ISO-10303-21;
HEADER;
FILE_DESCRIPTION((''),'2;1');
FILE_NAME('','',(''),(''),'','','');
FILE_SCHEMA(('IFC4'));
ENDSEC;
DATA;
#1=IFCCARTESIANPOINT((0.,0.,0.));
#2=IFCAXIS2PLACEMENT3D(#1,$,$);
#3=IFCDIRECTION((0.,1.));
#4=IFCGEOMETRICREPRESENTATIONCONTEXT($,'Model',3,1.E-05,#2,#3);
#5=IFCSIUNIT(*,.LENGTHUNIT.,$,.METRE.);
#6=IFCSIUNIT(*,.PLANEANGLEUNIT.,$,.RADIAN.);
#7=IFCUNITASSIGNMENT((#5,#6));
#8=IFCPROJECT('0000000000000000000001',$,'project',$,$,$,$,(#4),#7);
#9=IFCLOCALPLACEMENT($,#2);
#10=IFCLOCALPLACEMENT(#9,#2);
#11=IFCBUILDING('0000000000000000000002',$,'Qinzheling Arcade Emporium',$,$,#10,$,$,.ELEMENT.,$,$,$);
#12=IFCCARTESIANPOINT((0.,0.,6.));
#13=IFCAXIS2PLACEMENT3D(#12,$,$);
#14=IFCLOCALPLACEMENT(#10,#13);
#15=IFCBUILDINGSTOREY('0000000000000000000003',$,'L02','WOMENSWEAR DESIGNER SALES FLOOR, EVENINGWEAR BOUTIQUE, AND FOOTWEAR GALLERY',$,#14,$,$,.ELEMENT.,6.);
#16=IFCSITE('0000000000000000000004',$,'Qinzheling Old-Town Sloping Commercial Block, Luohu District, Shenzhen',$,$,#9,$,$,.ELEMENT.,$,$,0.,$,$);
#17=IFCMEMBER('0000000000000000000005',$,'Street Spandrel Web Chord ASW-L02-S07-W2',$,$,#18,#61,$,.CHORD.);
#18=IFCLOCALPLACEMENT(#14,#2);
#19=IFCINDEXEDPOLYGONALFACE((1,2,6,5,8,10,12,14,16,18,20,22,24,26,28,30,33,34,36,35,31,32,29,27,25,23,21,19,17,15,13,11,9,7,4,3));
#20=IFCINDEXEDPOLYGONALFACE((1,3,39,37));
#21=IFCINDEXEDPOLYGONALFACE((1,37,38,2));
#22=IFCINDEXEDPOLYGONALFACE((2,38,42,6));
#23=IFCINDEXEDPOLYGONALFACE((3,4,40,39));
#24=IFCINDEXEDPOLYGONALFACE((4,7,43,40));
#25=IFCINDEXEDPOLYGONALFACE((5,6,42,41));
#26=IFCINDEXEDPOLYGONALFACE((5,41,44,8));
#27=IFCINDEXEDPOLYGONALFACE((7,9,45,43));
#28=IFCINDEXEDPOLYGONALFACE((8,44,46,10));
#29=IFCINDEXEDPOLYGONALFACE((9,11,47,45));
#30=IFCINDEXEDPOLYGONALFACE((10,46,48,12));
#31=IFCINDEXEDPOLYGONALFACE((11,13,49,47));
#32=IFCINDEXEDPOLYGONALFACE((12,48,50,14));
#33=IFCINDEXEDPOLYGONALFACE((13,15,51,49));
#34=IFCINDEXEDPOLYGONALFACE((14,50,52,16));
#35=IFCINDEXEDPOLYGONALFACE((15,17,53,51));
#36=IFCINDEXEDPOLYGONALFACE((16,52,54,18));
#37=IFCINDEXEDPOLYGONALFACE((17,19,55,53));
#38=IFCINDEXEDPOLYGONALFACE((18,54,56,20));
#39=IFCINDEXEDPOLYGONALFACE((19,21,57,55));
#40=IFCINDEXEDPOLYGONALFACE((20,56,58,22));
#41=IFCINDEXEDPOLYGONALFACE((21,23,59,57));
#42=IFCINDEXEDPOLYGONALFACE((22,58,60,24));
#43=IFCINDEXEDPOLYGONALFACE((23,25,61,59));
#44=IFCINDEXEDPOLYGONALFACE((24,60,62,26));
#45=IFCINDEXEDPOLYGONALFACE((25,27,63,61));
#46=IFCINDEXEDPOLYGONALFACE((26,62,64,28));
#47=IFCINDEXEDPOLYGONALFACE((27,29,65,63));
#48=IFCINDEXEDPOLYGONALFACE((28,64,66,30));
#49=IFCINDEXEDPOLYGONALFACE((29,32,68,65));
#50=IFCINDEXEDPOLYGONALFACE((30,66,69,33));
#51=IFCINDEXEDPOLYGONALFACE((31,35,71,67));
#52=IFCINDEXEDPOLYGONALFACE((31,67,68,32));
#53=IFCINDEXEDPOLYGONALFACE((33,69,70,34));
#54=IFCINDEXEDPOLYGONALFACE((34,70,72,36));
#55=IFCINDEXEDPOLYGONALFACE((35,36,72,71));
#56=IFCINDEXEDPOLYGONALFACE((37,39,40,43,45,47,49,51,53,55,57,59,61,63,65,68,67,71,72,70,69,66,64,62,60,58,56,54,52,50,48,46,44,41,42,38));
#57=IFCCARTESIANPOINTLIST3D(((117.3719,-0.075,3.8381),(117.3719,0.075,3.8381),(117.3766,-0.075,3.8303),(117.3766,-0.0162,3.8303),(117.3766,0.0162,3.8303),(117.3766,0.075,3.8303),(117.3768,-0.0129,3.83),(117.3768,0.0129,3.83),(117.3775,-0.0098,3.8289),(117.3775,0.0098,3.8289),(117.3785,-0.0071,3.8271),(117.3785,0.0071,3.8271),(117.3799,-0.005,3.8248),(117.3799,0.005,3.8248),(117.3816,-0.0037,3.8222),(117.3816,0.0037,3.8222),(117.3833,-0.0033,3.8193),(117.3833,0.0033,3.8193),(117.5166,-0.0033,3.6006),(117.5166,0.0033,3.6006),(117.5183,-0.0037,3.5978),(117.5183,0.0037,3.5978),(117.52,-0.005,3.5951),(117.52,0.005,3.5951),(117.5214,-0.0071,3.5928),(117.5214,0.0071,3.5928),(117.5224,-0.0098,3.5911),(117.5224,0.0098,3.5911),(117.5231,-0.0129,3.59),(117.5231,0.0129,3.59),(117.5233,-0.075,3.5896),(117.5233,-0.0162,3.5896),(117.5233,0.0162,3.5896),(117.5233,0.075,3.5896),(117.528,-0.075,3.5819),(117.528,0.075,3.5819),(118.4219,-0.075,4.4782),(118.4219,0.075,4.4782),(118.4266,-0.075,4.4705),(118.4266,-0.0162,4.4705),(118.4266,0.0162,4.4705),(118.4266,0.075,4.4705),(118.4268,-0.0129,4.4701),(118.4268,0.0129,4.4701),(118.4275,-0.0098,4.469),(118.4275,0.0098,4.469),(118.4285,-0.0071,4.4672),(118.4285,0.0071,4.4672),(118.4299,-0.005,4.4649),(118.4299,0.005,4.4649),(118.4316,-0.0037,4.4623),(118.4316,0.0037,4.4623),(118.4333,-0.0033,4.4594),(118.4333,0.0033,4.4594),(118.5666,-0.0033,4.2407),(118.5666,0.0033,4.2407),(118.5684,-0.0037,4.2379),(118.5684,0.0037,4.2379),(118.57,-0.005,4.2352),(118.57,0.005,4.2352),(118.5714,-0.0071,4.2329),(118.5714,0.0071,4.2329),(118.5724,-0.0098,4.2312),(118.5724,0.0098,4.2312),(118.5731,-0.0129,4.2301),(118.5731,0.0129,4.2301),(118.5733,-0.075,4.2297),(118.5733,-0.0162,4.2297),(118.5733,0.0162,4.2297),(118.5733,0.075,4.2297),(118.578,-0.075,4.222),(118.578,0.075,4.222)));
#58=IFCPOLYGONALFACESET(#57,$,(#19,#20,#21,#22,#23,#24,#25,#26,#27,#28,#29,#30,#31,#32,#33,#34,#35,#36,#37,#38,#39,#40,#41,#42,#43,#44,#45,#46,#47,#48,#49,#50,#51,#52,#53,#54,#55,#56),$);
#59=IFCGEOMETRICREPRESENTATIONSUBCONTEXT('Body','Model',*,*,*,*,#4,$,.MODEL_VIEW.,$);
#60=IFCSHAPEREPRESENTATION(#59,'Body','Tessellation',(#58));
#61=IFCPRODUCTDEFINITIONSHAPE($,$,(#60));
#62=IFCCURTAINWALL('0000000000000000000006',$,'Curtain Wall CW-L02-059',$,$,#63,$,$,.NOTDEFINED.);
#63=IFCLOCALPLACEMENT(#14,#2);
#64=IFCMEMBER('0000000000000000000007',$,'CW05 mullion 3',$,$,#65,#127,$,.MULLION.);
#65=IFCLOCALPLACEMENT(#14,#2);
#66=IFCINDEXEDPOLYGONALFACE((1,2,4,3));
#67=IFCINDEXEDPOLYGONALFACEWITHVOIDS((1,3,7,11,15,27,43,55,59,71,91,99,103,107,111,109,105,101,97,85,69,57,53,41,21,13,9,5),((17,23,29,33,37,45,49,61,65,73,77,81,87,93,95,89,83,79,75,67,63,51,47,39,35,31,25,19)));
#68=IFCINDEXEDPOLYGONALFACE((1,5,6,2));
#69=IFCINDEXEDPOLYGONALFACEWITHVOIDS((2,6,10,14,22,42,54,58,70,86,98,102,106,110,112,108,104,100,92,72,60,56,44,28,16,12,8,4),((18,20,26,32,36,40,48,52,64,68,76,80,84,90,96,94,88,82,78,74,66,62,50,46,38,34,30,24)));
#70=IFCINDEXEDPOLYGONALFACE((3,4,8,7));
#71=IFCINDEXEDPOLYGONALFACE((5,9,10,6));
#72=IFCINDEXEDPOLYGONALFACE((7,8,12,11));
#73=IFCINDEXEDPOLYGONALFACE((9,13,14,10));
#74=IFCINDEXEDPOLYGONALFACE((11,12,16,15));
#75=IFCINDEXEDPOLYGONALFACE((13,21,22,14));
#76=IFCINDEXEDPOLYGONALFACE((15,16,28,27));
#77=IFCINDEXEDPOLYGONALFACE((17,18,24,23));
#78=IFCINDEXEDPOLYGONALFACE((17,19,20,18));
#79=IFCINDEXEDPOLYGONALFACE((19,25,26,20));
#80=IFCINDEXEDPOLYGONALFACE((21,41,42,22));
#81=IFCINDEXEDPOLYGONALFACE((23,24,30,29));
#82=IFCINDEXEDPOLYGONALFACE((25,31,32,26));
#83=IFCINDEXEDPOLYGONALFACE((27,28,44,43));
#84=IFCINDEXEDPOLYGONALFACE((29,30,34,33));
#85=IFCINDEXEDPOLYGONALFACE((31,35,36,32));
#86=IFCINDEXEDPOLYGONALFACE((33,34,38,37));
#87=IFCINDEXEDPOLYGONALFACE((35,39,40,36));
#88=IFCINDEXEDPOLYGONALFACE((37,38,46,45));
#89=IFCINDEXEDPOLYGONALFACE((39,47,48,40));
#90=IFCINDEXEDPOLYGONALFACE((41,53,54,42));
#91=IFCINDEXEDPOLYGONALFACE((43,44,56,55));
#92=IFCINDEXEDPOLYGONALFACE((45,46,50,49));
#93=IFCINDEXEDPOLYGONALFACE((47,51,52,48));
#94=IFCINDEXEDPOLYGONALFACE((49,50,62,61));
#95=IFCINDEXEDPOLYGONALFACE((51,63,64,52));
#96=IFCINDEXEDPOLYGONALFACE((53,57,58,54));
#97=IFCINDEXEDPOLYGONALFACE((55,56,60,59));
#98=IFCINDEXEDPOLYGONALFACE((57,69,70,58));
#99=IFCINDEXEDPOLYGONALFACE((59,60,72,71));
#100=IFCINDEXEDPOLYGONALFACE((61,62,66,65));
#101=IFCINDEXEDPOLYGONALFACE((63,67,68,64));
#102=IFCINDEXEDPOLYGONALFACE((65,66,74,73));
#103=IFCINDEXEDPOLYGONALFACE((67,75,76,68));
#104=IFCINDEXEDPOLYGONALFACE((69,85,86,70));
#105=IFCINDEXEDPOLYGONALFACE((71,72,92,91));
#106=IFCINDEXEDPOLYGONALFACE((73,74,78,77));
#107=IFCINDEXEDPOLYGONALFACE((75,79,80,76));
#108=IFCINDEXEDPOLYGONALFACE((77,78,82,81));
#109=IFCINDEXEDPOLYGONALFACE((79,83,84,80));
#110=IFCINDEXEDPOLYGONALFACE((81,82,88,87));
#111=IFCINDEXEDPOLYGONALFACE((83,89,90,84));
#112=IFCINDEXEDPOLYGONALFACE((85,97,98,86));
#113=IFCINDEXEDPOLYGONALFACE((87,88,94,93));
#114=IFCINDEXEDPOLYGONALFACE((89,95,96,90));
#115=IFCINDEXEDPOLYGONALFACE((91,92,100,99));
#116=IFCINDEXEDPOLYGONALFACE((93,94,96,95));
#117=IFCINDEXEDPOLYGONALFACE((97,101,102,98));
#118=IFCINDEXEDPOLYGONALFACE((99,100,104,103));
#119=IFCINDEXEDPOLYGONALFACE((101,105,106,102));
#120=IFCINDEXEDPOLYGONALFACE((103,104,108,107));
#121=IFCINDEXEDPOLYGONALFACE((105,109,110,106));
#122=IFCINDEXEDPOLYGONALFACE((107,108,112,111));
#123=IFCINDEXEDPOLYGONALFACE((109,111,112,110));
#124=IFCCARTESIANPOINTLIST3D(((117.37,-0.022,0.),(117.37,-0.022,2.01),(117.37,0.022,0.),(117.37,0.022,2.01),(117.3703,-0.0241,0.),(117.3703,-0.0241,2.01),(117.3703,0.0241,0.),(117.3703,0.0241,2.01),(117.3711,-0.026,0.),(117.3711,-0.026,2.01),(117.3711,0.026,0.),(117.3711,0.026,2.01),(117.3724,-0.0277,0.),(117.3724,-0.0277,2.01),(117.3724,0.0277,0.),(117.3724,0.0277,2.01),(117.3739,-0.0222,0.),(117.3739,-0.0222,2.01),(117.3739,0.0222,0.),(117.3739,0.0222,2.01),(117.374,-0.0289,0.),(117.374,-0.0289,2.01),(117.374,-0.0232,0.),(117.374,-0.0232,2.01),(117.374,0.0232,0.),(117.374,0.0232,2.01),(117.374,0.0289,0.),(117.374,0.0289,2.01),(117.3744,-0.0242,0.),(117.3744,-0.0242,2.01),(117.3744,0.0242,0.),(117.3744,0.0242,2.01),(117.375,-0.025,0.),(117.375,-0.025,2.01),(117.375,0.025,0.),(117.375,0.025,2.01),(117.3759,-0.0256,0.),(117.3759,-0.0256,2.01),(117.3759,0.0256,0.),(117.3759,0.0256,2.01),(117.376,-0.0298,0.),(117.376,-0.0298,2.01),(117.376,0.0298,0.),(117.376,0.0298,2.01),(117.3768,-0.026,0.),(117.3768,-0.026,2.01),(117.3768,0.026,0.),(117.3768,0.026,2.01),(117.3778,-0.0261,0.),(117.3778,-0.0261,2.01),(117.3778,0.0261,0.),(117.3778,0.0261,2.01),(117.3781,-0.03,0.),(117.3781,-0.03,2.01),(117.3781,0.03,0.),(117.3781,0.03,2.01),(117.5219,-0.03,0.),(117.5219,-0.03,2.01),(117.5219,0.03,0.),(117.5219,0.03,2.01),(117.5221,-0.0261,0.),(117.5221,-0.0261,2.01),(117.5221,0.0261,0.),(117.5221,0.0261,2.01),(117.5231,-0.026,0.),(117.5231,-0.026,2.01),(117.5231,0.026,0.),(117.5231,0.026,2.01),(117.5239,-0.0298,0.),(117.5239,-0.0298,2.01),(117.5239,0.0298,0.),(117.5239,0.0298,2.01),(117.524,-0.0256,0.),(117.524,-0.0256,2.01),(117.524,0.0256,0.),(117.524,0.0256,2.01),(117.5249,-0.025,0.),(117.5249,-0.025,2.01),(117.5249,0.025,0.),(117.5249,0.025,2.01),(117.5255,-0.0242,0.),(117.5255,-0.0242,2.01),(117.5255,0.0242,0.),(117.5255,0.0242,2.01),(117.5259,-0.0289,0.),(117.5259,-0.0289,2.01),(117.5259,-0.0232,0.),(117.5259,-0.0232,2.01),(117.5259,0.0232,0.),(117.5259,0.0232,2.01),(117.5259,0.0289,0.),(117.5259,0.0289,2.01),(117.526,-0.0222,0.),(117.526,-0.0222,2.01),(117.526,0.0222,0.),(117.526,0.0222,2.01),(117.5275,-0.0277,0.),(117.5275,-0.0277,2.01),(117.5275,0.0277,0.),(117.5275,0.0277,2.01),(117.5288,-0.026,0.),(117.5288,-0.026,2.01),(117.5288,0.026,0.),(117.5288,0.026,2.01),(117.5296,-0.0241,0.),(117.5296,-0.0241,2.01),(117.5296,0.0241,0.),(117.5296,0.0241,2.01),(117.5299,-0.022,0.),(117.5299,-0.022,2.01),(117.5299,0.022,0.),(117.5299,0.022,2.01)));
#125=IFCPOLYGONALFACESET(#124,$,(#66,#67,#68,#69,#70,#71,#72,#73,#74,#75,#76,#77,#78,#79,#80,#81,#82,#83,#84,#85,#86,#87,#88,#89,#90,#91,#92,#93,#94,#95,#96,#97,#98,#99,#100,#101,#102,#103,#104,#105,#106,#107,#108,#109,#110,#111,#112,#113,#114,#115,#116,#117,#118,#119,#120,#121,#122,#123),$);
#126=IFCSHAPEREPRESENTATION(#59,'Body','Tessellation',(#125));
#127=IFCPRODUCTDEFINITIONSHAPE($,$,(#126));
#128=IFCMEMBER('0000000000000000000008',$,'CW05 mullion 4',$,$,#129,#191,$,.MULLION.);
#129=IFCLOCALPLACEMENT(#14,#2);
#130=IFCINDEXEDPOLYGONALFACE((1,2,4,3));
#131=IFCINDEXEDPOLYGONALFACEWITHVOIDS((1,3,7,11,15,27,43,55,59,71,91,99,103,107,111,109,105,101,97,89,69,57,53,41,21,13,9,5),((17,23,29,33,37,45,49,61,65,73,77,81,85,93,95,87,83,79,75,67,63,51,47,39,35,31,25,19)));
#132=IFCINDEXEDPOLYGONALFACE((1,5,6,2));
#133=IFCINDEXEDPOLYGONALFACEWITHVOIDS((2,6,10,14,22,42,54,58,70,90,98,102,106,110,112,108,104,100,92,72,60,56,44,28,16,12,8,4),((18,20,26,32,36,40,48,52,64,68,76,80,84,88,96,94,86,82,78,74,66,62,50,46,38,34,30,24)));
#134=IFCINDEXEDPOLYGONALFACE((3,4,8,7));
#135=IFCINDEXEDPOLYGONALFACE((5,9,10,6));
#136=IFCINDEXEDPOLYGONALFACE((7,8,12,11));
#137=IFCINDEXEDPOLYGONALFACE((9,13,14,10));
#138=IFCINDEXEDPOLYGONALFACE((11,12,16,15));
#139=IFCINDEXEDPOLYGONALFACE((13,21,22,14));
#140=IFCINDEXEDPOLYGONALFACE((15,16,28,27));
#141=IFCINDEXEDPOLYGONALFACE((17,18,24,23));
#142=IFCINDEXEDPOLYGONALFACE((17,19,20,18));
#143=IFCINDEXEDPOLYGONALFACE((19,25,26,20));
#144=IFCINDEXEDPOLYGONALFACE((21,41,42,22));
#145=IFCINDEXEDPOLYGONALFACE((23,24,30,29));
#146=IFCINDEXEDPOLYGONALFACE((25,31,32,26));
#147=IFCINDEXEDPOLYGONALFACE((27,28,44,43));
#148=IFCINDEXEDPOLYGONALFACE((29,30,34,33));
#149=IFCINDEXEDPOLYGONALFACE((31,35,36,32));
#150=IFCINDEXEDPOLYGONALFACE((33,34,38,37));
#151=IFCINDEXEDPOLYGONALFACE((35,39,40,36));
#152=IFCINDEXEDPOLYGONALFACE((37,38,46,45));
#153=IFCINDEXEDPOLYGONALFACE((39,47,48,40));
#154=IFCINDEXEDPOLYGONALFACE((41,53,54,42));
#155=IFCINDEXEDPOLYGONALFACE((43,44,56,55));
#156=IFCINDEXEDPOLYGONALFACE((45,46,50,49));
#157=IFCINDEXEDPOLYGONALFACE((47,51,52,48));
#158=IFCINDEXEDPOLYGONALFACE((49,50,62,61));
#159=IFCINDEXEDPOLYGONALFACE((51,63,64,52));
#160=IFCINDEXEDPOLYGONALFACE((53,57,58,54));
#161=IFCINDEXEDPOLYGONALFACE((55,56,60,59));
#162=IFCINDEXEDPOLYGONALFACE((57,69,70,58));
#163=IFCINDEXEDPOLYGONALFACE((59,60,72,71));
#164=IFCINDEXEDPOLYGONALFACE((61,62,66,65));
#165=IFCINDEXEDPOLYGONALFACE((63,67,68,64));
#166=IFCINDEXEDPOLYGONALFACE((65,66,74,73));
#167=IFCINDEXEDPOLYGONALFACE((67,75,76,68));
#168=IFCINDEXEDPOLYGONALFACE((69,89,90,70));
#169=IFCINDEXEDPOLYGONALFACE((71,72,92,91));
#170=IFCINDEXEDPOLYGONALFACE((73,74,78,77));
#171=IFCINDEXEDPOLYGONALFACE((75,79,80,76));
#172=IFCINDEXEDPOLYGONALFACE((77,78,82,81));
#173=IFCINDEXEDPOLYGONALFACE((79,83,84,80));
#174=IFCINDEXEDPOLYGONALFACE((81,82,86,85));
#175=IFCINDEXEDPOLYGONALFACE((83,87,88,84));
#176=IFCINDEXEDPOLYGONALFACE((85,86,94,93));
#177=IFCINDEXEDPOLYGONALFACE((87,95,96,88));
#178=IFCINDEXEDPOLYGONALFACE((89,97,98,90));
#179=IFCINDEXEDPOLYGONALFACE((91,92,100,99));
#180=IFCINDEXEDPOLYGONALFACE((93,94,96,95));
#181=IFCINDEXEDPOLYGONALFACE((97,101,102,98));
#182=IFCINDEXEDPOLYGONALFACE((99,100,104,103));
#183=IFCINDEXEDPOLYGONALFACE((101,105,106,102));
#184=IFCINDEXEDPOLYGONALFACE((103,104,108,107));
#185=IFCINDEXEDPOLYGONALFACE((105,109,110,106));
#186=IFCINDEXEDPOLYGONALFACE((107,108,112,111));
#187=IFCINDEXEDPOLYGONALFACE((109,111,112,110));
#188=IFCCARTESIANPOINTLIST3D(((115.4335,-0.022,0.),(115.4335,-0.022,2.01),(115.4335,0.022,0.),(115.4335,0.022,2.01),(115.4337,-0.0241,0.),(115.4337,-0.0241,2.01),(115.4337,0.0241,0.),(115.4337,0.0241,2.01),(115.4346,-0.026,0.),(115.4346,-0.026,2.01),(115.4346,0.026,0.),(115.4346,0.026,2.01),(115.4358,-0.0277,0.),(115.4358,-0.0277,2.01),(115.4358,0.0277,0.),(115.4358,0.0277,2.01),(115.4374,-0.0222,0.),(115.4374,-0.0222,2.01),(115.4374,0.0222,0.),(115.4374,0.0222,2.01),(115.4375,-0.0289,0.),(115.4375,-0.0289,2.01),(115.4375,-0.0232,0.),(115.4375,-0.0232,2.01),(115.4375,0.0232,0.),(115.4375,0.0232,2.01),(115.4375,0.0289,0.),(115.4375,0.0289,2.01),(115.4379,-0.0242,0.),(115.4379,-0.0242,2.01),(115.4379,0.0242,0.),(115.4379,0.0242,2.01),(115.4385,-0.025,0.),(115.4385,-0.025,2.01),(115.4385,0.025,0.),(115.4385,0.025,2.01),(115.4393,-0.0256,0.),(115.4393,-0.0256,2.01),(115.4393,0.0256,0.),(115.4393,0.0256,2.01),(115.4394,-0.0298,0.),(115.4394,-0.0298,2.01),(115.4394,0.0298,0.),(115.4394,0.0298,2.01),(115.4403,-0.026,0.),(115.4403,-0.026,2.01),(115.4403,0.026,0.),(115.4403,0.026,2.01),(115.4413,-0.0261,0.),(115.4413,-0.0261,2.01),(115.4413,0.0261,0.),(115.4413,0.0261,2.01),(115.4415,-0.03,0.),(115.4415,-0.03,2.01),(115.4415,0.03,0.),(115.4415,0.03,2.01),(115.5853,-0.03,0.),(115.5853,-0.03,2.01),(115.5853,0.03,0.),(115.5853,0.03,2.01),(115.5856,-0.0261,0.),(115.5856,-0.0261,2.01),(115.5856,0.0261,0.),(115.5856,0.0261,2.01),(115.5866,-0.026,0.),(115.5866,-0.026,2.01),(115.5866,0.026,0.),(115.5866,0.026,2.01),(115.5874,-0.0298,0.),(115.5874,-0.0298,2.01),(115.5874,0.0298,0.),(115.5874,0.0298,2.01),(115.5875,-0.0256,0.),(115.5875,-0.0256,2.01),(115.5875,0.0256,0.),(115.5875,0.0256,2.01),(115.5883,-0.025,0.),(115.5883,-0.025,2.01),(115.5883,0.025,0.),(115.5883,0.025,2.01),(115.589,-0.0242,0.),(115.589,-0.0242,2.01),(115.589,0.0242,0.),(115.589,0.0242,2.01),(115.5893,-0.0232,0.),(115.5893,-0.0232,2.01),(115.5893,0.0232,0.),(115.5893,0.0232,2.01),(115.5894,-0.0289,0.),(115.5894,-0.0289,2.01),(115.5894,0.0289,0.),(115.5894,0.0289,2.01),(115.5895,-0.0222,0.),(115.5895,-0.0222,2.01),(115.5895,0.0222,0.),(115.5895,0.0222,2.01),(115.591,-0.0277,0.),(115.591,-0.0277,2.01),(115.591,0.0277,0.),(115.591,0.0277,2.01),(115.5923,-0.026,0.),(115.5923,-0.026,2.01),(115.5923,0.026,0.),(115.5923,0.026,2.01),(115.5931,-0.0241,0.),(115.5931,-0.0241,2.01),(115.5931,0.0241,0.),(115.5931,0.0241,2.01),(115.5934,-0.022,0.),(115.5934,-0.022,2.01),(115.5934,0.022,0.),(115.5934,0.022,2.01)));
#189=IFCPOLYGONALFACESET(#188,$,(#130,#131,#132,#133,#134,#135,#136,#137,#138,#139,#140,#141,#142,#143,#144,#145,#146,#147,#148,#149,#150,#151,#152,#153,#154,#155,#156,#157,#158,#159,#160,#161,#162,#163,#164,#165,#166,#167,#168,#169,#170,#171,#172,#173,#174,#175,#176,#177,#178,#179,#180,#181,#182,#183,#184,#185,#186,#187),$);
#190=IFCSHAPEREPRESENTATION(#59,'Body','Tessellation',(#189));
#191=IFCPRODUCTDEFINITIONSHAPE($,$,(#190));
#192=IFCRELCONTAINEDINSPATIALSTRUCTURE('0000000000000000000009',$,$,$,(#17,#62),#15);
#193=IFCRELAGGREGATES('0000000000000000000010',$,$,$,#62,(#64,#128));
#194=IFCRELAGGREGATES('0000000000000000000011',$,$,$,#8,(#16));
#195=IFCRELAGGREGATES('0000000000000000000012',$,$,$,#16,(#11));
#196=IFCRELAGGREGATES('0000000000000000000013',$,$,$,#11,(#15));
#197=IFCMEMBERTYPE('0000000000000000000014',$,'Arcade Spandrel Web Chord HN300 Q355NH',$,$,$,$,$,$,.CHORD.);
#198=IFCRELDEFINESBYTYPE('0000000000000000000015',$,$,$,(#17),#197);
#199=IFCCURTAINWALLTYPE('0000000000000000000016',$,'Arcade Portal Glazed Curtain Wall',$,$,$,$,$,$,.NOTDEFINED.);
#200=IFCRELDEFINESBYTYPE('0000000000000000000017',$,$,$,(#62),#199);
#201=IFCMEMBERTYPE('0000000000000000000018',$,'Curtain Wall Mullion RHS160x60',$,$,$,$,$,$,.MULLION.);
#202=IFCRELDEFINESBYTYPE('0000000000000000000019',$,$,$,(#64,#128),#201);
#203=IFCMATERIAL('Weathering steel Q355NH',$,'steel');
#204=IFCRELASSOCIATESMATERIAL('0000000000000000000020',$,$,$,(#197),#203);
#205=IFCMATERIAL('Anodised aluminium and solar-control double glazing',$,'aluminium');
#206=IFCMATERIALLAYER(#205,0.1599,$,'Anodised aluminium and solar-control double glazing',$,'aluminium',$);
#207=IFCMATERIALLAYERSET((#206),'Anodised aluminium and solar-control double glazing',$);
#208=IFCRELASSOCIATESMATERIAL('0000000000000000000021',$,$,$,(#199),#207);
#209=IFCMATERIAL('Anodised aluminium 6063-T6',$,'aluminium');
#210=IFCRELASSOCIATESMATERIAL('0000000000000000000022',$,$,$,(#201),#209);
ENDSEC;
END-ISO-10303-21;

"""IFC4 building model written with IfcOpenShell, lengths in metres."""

from ifc_helpers import new_model, si_unit, direction, frame, origin, origin_2d, place, context, subcontext, project, spatial, hollow_rectangle, i_section, extrude, material, layer, layer_set, material_profile, profile_set, type_object, element, aggregate, save


model = new_model("IFC4")

# Units and contexts
model_context = context("Model", 3, precision=1e-05, world=origin(), true_north=direction((0.0, 1.0)))
body_context = subcontext(model_context, "Body", "Model", "MODEL_VIEW")
ifc_project = project(units=[si_unit("LENGTHUNIT", "METRE"), si_unit("PLANEANGLEUNIT", "RADIAN")], contexts=[model_context])

# Site, building, storey
site_placement = place(None, origin())
site = spatial("IfcSite", under=ifc_project, at=site_placement, Name="Qinzheling Old-Town Sloping Commercial Block, Luohu District, Shenzhen", CompositionType="ELEMENT", RefElevation=0.0)
building_placement = place(site_placement, origin())
building = spatial("IfcBuilding", under=site, at=building_placement, Name="Qinzheling Arcade Emporium", CompositionType="ELEMENT")
storey_placement = place(building_placement, frame((0.0, 0.0, 6.0)))
storey = spatial("IfcBuildingStorey", under=building, at=storey_placement, Name="L02", Description="WOMENSWEAR DESIGNER SALES FLOOR, EVENINGWEAR BOUTIQUE, AND FOOTWEAR GALLERY", CompositionType="ELEMENT", Elevation=6.0)

# Shared definitions
ifc_material_1 = material(Name="Weathering steel Q355NH", Category="steel")

# Member
ifc_material_profile_1 = material_profile(ifc_material_1, i_section(OverallWidth=0.1499, OverallDepth=0.3, WebThickness=0.0066, FlangeThickness=0.009, FilletRadius=0.0129, at=origin_2d()), Name="HN 300x150x6.5x9", Category="steel")
ifc_profile_set_1 = profile_set([ifc_material_profile_1], Name="Weathering steel Q355NH")
member_type_1 = type_object("IfcMemberType", Name="Arcade Spandrel Web Chord HN300 Q355NH", PredefinedType="CHORD", material=ifc_profile_set_1)
for number, where, z_axis, x_axis, name in (
    (1, (117.45, 0.0, 3.71), (0.853846, 0.0, 0.520526), (0.0, 1.0, 0.0), "Street Spandrel Web Chord ASW-L02-S07-W2"),
):
    element("IfcMember", number, at=place(storey_placement, frame(where, z_axis=z_axis, x_axis=x_axis)), inside=storey, type_object=member_type_1, Name=name, PredefinedType="CHORD", context=body_context, shape_type="SweptSolid", body=[
        extrude(i_section(OverallWidth=0.1499, OverallDepth=0.3, WebThickness=0.0066, FlangeThickness=0.009, FilletRadius=0.0129, at=origin_2d()), origin(), (0.0, 0.0, 1.0), 1.2297),
    ])

# Curtain wall, members
ifc_material_2 = material(Name="Anodised aluminium and solar-control double glazing", Category="aluminium")
ifc_layer_1 = layer(ifc_material_2, 0.1599, Name="Anodised aluminium and solar-control double glazing", Category="aluminium")
ifc_layer_set_1 = layer_set([ifc_layer_1], Name="Anodised aluminium and solar-control double glazing")
curtain_wall_type = type_object("IfcCurtainWallType", Name="Arcade Portal Glazed Curtain Wall", PredefinedType="NOTDEFINED", material=ifc_layer_set_1)
curtain_wall_placement = place(storey_placement, origin())
curtain_wall = element("IfcCurtainWall", 2, at=curtain_wall_placement, inside=storey, type_object=curtain_wall_type, Name="Curtain Wall CW-L02-059", PredefinedType="NOTDEFINED")
ifc_material_3 = material(Name="Anodised aluminium 6063-T6", Category="aluminium")
ifc_material_profile_2 = material_profile(ifc_material_3, hollow_rectangle(XDim=0.0601, YDim=0.1599, WallThickness=0.0039, InnerFilletRadius=0.0039, OuterFilletRadius=0.0081, at=origin_2d()), Name="RHS 160x60x4", Category="aluminium")
ifc_profile_set_2 = profile_set([ifc_material_profile_2], Name="Anodised aluminium 6063-T6")
member_type_2 = type_object("IfcMemberType", Name="Curtain Wall Mullion RHS160x60", PredefinedType="MULLION", material=ifc_profile_set_2)
member_1_placement = place(storey_placement, frame((117.45, 0.0, 0.0), z_axis=(0.0, 0.0, 1.0), x_axis=(0.0, -1.0, 0.0)))
member_1 = element("IfcMember", 3, at=member_1_placement, type_object=member_type_2, Name="CW05 mullion 3", PredefinedType="MULLION", context=body_context, shape_type="SweptSolid", body=[
    extrude(hollow_rectangle(XDim=0.0601, YDim=0.1599, WallThickness=0.0039, InnerFilletRadius=0.0039, OuterFilletRadius=0.0081, at=origin_2d()), origin(), (0.0, 0.0, 1.0), 2.01),
])
member_2_placement = place(storey_placement, frame((115.5134, 0.0, 0.0), z_axis=(0.0, 0.0, 1.0), x_axis=(0.0, -1.0, 0.0)))
member_2 = element("IfcMember", 4, at=member_2_placement, type_object=member_type_2, Name="CW05 mullion 4", PredefinedType="MULLION", context=body_context, shape_type="SweptSolid", body=[
    extrude(hollow_rectangle(XDim=0.0601, YDim=0.1599, WallThickness=0.0039, InnerFilletRadius=0.0039, OuterFilletRadius=0.0081, at=origin_2d()), origin(), (0.0, 0.0, 1.0), 2.01),
])

aggregate(curtain_wall, [member_1, member_2])

save(model, "model.ifc")
